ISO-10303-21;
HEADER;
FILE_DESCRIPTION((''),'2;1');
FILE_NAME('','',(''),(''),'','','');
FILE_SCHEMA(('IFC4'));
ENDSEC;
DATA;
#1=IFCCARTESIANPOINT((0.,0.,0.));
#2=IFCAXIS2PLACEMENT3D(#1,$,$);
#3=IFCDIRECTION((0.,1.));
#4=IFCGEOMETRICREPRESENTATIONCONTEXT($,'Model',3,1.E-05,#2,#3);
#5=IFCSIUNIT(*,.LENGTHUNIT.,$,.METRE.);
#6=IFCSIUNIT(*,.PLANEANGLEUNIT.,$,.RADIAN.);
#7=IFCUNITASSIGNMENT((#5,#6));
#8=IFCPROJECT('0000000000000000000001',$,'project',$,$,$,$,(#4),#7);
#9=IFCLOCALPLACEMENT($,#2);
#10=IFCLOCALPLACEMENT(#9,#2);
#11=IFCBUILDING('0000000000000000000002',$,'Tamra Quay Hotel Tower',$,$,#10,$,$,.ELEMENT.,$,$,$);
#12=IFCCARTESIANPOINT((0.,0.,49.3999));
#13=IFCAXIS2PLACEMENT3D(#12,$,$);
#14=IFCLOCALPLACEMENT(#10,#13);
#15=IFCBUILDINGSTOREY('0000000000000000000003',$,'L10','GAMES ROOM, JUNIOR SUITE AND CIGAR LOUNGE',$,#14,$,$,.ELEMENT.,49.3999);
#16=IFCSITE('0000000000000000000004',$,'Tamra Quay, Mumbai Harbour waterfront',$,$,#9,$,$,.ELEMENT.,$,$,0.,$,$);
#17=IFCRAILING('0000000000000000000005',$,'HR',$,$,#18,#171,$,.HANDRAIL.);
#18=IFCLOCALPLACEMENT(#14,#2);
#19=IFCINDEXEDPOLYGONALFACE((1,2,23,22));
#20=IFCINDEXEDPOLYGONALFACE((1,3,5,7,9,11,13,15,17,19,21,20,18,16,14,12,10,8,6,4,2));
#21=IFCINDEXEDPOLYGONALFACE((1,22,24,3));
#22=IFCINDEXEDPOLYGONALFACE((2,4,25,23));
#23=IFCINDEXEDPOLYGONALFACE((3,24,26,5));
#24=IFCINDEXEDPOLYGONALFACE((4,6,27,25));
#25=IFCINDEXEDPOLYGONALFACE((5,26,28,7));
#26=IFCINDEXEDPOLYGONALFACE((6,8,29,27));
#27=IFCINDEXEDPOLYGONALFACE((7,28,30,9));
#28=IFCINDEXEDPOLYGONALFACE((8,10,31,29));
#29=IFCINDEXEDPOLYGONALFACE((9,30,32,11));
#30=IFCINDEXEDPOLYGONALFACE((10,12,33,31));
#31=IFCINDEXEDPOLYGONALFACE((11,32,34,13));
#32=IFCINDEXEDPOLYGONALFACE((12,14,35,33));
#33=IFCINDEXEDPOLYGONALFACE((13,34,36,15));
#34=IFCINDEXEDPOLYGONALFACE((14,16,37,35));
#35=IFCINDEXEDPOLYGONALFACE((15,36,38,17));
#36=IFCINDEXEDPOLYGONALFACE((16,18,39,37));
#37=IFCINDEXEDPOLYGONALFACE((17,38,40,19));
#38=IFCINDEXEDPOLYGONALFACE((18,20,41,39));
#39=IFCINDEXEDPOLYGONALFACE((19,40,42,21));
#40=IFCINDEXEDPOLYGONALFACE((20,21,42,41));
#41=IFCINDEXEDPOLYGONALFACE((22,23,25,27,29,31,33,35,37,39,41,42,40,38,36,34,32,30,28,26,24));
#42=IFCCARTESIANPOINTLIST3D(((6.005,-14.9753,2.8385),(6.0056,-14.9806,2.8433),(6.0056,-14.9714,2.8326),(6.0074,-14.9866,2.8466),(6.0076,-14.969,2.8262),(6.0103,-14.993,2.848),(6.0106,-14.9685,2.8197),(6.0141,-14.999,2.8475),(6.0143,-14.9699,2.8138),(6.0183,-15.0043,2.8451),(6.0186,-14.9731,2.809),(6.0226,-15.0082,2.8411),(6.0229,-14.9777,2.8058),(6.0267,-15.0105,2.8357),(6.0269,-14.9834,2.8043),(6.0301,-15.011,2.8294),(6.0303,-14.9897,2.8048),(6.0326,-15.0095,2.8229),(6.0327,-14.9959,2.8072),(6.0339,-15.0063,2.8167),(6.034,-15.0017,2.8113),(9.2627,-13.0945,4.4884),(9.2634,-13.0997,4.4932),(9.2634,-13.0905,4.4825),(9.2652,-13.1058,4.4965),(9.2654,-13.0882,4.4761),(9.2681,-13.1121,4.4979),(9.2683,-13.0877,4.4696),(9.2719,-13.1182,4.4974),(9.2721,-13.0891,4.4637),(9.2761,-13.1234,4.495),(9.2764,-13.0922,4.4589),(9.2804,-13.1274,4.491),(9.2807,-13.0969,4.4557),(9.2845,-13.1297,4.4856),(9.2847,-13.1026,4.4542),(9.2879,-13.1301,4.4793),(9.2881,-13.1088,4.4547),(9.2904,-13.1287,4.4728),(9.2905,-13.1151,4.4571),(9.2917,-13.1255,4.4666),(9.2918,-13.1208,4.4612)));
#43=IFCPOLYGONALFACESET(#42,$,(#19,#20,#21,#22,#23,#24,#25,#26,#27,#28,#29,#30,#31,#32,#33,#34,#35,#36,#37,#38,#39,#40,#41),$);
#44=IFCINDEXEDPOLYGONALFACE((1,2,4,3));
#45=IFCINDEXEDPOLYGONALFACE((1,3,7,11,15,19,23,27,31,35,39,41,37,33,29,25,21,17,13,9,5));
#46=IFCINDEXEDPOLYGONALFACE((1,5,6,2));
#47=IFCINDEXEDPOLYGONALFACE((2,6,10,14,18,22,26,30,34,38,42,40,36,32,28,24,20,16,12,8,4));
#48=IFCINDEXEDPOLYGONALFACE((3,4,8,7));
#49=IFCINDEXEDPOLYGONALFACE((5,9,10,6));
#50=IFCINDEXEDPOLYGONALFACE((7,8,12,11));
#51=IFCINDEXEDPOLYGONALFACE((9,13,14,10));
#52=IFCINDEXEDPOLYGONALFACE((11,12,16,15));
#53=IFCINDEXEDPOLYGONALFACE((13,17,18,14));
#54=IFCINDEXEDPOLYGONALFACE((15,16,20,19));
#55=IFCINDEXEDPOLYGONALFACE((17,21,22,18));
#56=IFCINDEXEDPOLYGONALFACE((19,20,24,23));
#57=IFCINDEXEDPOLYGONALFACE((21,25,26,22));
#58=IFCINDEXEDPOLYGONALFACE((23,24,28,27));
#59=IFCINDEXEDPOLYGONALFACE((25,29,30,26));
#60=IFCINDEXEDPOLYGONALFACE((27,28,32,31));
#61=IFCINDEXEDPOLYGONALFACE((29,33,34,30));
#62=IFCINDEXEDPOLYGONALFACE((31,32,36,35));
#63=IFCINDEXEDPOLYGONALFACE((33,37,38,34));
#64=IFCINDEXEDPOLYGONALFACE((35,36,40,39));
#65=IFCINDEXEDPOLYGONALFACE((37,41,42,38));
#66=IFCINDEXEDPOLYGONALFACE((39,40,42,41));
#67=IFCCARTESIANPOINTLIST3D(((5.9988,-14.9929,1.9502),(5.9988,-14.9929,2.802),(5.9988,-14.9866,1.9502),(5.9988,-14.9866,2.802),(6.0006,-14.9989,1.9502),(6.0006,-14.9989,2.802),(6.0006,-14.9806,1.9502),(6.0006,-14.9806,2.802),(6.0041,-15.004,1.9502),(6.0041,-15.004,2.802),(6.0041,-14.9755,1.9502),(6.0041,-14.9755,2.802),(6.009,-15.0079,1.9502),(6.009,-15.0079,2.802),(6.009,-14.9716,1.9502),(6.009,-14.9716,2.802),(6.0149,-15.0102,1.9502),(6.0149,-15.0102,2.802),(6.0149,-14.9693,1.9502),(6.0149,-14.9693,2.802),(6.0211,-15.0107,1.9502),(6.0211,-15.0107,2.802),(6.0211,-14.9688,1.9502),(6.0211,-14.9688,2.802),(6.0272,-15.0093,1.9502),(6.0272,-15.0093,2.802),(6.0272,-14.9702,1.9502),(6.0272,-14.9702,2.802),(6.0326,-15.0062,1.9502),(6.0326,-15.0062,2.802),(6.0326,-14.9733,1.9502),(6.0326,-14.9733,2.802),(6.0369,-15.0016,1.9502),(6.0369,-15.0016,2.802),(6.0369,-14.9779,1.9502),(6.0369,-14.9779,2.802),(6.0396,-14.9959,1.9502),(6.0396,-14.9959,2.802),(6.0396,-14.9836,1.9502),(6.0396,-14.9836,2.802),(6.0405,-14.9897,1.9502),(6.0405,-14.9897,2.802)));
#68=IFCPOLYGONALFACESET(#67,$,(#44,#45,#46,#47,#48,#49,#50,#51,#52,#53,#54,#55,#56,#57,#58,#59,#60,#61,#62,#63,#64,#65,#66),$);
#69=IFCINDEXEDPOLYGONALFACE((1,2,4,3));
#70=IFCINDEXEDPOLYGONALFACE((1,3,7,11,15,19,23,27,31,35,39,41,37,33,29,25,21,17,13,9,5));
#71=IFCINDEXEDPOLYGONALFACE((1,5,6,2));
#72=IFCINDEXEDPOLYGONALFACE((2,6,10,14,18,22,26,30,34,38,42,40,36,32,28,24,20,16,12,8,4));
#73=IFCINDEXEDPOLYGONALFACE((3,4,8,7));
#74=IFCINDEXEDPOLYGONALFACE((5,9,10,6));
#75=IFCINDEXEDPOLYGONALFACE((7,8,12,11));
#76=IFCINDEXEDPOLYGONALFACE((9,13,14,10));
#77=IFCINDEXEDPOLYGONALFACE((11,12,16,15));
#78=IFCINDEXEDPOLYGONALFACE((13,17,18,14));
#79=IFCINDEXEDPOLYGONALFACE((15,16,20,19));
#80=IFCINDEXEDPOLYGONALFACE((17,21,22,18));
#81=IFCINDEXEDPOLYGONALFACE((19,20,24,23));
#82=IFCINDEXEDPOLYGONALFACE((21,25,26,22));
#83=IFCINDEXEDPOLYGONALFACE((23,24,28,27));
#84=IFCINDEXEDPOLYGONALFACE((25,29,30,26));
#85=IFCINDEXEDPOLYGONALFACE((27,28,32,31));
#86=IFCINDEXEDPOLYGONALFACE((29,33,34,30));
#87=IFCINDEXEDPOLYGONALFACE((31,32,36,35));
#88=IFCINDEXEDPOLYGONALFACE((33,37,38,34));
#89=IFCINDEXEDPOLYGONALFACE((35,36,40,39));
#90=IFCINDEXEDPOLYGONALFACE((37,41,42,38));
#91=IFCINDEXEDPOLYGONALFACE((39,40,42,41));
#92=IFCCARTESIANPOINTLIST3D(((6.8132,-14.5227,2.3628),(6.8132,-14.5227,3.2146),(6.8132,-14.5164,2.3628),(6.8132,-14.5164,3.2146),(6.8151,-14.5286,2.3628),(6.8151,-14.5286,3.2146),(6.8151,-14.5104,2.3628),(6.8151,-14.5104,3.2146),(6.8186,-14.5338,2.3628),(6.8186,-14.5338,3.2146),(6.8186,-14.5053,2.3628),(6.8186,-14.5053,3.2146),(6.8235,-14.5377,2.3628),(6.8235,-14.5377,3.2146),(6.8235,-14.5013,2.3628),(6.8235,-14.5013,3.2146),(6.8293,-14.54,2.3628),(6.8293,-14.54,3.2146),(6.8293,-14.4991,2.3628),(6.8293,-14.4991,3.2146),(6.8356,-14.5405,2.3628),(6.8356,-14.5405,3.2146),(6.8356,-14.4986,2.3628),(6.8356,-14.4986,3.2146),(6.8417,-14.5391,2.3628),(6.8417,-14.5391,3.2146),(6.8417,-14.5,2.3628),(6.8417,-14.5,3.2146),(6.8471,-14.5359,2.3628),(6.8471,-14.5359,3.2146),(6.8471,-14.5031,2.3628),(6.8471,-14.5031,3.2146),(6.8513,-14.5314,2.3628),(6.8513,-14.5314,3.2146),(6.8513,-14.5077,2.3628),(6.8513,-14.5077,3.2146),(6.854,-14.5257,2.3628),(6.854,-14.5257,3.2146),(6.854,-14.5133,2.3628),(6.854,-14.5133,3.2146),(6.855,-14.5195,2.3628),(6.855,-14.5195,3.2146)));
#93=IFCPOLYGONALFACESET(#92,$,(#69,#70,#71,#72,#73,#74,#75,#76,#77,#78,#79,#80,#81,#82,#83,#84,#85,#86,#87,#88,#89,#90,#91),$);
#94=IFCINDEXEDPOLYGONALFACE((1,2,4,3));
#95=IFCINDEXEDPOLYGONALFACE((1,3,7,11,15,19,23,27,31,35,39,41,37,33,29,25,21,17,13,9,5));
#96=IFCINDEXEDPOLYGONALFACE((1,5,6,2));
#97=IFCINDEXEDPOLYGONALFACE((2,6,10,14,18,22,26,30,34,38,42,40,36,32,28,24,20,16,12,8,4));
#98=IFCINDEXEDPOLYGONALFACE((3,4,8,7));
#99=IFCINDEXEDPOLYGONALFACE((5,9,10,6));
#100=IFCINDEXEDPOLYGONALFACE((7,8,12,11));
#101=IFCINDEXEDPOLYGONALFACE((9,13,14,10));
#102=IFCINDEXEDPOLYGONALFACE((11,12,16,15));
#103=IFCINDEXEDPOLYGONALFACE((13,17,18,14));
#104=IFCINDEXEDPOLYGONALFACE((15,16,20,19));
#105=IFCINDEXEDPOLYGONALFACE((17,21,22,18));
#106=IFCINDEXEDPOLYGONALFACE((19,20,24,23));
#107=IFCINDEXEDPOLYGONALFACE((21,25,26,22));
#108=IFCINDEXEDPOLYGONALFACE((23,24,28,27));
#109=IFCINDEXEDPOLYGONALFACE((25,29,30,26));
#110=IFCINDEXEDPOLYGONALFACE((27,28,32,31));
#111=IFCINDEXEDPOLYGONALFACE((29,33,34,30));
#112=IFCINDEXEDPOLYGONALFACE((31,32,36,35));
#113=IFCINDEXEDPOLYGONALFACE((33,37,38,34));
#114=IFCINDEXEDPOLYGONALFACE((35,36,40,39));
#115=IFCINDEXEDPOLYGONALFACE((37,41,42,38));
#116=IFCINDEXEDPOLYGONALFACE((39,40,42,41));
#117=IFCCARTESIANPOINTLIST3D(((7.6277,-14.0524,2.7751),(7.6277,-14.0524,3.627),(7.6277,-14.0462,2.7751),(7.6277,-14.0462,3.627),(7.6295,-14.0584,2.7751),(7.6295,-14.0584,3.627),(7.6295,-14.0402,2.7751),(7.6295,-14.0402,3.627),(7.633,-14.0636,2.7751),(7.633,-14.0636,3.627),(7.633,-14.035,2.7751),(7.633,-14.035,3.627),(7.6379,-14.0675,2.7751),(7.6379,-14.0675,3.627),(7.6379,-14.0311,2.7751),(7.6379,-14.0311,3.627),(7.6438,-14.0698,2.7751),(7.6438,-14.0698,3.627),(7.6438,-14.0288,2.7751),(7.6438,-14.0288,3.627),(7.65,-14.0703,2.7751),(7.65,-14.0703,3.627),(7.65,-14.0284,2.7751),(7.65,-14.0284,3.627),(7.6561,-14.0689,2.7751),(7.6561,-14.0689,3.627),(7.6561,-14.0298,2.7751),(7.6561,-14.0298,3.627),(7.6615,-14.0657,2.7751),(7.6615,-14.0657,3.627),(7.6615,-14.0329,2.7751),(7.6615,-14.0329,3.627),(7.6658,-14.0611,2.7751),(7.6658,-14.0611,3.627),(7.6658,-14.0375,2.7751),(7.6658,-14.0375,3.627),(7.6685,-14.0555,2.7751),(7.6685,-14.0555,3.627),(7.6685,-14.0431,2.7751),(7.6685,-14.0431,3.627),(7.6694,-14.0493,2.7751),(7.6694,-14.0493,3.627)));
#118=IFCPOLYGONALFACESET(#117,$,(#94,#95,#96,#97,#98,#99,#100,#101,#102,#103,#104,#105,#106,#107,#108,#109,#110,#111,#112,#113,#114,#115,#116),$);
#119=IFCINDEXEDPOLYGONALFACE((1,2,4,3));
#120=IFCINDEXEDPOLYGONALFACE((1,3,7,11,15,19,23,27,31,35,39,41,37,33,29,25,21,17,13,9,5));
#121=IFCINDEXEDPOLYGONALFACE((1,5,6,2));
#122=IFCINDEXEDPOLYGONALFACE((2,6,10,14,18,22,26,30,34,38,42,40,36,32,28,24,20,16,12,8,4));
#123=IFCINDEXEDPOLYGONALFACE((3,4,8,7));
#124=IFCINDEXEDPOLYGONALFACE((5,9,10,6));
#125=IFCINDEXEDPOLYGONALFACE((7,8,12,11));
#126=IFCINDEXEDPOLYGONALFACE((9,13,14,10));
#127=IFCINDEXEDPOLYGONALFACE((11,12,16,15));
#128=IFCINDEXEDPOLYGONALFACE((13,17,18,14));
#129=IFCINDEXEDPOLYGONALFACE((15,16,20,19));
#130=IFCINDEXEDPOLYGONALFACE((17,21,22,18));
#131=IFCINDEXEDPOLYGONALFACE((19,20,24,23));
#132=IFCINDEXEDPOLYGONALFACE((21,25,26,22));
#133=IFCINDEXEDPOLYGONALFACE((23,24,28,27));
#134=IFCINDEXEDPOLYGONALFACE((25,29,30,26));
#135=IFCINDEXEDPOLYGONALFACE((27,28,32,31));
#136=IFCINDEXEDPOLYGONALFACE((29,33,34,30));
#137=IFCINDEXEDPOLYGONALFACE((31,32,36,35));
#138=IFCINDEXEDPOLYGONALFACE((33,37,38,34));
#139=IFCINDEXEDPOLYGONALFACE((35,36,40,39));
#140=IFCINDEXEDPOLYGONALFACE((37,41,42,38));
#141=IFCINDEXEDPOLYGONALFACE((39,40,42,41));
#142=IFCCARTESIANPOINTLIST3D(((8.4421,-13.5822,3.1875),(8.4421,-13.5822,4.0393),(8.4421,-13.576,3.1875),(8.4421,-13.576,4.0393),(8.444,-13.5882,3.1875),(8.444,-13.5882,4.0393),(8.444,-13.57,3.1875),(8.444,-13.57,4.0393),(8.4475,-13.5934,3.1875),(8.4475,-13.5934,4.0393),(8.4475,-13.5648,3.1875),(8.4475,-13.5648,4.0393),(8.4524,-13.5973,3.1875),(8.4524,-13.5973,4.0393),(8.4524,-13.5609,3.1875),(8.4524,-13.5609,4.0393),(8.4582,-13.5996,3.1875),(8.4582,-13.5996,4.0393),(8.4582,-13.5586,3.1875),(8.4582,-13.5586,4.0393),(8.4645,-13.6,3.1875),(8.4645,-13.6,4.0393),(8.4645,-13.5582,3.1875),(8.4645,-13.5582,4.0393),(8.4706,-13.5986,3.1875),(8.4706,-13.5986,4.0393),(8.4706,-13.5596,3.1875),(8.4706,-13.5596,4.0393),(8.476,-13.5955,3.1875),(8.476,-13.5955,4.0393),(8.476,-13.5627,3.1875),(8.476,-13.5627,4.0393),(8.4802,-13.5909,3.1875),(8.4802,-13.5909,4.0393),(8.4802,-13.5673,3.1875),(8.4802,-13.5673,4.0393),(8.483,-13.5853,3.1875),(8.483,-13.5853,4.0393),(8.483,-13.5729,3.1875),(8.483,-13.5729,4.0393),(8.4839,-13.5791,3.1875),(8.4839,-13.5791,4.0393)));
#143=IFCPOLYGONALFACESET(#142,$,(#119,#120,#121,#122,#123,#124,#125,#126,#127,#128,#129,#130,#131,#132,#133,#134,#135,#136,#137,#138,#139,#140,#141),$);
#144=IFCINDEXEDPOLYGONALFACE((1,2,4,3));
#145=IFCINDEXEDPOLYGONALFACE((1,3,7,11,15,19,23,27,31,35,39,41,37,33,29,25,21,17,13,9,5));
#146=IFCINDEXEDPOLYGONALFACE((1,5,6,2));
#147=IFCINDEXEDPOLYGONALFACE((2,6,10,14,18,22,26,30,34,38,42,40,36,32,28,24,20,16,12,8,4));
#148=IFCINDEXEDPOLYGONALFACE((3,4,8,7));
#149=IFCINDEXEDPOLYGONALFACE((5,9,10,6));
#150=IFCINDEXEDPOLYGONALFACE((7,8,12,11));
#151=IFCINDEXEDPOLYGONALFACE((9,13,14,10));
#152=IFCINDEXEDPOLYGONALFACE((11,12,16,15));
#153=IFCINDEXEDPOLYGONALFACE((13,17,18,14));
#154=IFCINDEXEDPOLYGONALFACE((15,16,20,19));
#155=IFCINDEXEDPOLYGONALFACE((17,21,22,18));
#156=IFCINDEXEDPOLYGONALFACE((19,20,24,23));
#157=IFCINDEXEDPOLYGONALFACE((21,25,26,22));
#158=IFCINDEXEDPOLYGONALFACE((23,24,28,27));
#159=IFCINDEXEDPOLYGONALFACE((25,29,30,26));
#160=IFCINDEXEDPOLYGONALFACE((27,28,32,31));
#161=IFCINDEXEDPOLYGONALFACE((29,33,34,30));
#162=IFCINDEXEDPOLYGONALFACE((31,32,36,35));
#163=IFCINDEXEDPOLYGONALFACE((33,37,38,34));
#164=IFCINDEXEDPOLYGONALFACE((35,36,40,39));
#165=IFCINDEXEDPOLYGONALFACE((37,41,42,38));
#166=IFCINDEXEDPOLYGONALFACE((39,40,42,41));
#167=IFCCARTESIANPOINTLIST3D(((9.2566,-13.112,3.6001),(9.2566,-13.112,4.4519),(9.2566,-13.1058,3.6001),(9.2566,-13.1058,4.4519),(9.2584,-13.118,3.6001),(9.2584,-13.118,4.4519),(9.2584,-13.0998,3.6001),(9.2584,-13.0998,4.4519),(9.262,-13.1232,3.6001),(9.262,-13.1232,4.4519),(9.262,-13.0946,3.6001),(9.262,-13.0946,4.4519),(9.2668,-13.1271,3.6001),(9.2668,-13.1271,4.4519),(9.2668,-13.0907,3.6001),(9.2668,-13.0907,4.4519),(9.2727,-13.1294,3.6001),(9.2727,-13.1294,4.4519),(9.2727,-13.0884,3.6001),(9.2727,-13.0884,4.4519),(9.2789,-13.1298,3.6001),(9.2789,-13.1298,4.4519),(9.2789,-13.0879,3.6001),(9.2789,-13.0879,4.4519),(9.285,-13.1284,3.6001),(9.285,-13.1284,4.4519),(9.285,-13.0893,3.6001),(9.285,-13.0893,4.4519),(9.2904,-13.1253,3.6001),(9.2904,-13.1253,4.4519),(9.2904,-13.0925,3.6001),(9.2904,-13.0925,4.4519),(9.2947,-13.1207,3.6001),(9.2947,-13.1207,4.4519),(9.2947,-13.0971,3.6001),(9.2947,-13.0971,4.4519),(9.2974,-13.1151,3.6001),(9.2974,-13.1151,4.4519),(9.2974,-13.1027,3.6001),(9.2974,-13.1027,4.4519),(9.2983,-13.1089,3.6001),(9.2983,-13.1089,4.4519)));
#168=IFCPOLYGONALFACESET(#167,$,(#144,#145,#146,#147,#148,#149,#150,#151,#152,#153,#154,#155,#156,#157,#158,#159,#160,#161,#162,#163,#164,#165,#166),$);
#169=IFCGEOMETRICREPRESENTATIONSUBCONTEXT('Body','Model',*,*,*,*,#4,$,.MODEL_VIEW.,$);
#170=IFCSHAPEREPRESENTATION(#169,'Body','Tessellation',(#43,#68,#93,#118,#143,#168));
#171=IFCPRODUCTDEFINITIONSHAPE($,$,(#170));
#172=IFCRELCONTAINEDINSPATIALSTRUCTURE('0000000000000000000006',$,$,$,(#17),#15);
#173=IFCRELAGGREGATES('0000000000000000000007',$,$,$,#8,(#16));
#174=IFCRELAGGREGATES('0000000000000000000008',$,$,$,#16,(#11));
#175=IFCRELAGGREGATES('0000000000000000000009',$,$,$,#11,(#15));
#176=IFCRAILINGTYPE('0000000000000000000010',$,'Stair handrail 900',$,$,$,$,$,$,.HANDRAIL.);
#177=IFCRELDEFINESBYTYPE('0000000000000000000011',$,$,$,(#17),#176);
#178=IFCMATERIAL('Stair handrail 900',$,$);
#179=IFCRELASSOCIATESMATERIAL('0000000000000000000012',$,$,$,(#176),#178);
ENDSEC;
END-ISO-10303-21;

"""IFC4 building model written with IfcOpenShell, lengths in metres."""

from ifc_helpers import new_model, si_unit, direction, frame, origin, origin_2d, place, context, subcontext, project, spatial, circle, extrude, material, type_object, element, save


model = new_model("IFC4")

# Units and contexts
model_context = context("Model", 3, precision=1e-05, world=origin(), true_north=direction((0.0, 1.0)))
body_context = subcontext(model_context, "Body", "Model", "MODEL_VIEW")
ifc_project = project(units=[si_unit("LENGTHUNIT", "METRE"), si_unit("PLANEANGLEUNIT", "RADIAN")], contexts=[model_context])

# Site, building, storey
site_placement = place(None, origin())
site = spatial("IfcSite", under=ifc_project, at=site_placement, Name="Tamra Quay, Mumbai Harbour waterfront", CompositionType="ELEMENT", RefElevation=0.0)
building_placement = place(site_placement, origin())
building = spatial("IfcBuilding", under=site, at=building_placement, Name="Tamra Quay Hotel Tower", CompositionType="ELEMENT")
storey_placement = place(building_placement, frame((0.0, 0.0, 49.3999)))
storey = spatial("IfcBuildingStorey", under=building, at=storey_placement, Name="L10", Description="GAMES ROOM, JUNIOR SUITE AND CIGAR LOUNGE", CompositionType="ELEMENT", Elevation=49.3999)

# Railing
ifc_material_1 = material(Name="Stair handrail 900")
railing_type_1 = type_object("IfcRailingType", Name="Stair handrail 900", PredefinedType="HANDRAIL", material=ifc_material_1)
railing_1_placement = place(storey_placement, frame((6.0195, -14.9897, 1.9502)))
element("IfcRailing", 1, at=railing_1_placement, inside=storey, type_object=railing_type_1, Name="HR", PredefinedType="HANDRAIL", context=body_context, shape_type="SweptSolid", body=[
    extrude(circle(Radius=0.0239, at=origin_2d()), frame((0.0, 0.0, 0.876), z_axis=(0.7931, 0.457887, 0.401661), x_axis=(-0.499992, 0.86603, 0.0)), (0.0, 0.0, 1.0), 4.1077),
    extrude(circle(Radius=0.021, at=origin_2d()), origin(), (0.0, 0.0, 1.0), 0.8518),
    extrude(circle(Radius=0.021, at=origin_2d()), frame((0.8145, 0.4702, 0.4126)), (0.0, 0.0, 1.0), 0.8518),
    extrude(circle(Radius=0.021, at=origin_2d()), frame((1.6289, 0.9404, 0.825)), (0.0, 0.0, 1.0), 0.8518),
    extrude(circle(Radius=0.021, at=origin_2d()), frame((2.4434, 1.4106, 1.2373)), (0.0, 0.0, 1.0), 0.8518),
    extrude(circle(Radius=0.021, at=origin_2d()), frame((3.2578, 1.8809, 1.6499)), (0.0, 0.0, 1.0), 0.8518),
])

save(model, "model.ifc")
